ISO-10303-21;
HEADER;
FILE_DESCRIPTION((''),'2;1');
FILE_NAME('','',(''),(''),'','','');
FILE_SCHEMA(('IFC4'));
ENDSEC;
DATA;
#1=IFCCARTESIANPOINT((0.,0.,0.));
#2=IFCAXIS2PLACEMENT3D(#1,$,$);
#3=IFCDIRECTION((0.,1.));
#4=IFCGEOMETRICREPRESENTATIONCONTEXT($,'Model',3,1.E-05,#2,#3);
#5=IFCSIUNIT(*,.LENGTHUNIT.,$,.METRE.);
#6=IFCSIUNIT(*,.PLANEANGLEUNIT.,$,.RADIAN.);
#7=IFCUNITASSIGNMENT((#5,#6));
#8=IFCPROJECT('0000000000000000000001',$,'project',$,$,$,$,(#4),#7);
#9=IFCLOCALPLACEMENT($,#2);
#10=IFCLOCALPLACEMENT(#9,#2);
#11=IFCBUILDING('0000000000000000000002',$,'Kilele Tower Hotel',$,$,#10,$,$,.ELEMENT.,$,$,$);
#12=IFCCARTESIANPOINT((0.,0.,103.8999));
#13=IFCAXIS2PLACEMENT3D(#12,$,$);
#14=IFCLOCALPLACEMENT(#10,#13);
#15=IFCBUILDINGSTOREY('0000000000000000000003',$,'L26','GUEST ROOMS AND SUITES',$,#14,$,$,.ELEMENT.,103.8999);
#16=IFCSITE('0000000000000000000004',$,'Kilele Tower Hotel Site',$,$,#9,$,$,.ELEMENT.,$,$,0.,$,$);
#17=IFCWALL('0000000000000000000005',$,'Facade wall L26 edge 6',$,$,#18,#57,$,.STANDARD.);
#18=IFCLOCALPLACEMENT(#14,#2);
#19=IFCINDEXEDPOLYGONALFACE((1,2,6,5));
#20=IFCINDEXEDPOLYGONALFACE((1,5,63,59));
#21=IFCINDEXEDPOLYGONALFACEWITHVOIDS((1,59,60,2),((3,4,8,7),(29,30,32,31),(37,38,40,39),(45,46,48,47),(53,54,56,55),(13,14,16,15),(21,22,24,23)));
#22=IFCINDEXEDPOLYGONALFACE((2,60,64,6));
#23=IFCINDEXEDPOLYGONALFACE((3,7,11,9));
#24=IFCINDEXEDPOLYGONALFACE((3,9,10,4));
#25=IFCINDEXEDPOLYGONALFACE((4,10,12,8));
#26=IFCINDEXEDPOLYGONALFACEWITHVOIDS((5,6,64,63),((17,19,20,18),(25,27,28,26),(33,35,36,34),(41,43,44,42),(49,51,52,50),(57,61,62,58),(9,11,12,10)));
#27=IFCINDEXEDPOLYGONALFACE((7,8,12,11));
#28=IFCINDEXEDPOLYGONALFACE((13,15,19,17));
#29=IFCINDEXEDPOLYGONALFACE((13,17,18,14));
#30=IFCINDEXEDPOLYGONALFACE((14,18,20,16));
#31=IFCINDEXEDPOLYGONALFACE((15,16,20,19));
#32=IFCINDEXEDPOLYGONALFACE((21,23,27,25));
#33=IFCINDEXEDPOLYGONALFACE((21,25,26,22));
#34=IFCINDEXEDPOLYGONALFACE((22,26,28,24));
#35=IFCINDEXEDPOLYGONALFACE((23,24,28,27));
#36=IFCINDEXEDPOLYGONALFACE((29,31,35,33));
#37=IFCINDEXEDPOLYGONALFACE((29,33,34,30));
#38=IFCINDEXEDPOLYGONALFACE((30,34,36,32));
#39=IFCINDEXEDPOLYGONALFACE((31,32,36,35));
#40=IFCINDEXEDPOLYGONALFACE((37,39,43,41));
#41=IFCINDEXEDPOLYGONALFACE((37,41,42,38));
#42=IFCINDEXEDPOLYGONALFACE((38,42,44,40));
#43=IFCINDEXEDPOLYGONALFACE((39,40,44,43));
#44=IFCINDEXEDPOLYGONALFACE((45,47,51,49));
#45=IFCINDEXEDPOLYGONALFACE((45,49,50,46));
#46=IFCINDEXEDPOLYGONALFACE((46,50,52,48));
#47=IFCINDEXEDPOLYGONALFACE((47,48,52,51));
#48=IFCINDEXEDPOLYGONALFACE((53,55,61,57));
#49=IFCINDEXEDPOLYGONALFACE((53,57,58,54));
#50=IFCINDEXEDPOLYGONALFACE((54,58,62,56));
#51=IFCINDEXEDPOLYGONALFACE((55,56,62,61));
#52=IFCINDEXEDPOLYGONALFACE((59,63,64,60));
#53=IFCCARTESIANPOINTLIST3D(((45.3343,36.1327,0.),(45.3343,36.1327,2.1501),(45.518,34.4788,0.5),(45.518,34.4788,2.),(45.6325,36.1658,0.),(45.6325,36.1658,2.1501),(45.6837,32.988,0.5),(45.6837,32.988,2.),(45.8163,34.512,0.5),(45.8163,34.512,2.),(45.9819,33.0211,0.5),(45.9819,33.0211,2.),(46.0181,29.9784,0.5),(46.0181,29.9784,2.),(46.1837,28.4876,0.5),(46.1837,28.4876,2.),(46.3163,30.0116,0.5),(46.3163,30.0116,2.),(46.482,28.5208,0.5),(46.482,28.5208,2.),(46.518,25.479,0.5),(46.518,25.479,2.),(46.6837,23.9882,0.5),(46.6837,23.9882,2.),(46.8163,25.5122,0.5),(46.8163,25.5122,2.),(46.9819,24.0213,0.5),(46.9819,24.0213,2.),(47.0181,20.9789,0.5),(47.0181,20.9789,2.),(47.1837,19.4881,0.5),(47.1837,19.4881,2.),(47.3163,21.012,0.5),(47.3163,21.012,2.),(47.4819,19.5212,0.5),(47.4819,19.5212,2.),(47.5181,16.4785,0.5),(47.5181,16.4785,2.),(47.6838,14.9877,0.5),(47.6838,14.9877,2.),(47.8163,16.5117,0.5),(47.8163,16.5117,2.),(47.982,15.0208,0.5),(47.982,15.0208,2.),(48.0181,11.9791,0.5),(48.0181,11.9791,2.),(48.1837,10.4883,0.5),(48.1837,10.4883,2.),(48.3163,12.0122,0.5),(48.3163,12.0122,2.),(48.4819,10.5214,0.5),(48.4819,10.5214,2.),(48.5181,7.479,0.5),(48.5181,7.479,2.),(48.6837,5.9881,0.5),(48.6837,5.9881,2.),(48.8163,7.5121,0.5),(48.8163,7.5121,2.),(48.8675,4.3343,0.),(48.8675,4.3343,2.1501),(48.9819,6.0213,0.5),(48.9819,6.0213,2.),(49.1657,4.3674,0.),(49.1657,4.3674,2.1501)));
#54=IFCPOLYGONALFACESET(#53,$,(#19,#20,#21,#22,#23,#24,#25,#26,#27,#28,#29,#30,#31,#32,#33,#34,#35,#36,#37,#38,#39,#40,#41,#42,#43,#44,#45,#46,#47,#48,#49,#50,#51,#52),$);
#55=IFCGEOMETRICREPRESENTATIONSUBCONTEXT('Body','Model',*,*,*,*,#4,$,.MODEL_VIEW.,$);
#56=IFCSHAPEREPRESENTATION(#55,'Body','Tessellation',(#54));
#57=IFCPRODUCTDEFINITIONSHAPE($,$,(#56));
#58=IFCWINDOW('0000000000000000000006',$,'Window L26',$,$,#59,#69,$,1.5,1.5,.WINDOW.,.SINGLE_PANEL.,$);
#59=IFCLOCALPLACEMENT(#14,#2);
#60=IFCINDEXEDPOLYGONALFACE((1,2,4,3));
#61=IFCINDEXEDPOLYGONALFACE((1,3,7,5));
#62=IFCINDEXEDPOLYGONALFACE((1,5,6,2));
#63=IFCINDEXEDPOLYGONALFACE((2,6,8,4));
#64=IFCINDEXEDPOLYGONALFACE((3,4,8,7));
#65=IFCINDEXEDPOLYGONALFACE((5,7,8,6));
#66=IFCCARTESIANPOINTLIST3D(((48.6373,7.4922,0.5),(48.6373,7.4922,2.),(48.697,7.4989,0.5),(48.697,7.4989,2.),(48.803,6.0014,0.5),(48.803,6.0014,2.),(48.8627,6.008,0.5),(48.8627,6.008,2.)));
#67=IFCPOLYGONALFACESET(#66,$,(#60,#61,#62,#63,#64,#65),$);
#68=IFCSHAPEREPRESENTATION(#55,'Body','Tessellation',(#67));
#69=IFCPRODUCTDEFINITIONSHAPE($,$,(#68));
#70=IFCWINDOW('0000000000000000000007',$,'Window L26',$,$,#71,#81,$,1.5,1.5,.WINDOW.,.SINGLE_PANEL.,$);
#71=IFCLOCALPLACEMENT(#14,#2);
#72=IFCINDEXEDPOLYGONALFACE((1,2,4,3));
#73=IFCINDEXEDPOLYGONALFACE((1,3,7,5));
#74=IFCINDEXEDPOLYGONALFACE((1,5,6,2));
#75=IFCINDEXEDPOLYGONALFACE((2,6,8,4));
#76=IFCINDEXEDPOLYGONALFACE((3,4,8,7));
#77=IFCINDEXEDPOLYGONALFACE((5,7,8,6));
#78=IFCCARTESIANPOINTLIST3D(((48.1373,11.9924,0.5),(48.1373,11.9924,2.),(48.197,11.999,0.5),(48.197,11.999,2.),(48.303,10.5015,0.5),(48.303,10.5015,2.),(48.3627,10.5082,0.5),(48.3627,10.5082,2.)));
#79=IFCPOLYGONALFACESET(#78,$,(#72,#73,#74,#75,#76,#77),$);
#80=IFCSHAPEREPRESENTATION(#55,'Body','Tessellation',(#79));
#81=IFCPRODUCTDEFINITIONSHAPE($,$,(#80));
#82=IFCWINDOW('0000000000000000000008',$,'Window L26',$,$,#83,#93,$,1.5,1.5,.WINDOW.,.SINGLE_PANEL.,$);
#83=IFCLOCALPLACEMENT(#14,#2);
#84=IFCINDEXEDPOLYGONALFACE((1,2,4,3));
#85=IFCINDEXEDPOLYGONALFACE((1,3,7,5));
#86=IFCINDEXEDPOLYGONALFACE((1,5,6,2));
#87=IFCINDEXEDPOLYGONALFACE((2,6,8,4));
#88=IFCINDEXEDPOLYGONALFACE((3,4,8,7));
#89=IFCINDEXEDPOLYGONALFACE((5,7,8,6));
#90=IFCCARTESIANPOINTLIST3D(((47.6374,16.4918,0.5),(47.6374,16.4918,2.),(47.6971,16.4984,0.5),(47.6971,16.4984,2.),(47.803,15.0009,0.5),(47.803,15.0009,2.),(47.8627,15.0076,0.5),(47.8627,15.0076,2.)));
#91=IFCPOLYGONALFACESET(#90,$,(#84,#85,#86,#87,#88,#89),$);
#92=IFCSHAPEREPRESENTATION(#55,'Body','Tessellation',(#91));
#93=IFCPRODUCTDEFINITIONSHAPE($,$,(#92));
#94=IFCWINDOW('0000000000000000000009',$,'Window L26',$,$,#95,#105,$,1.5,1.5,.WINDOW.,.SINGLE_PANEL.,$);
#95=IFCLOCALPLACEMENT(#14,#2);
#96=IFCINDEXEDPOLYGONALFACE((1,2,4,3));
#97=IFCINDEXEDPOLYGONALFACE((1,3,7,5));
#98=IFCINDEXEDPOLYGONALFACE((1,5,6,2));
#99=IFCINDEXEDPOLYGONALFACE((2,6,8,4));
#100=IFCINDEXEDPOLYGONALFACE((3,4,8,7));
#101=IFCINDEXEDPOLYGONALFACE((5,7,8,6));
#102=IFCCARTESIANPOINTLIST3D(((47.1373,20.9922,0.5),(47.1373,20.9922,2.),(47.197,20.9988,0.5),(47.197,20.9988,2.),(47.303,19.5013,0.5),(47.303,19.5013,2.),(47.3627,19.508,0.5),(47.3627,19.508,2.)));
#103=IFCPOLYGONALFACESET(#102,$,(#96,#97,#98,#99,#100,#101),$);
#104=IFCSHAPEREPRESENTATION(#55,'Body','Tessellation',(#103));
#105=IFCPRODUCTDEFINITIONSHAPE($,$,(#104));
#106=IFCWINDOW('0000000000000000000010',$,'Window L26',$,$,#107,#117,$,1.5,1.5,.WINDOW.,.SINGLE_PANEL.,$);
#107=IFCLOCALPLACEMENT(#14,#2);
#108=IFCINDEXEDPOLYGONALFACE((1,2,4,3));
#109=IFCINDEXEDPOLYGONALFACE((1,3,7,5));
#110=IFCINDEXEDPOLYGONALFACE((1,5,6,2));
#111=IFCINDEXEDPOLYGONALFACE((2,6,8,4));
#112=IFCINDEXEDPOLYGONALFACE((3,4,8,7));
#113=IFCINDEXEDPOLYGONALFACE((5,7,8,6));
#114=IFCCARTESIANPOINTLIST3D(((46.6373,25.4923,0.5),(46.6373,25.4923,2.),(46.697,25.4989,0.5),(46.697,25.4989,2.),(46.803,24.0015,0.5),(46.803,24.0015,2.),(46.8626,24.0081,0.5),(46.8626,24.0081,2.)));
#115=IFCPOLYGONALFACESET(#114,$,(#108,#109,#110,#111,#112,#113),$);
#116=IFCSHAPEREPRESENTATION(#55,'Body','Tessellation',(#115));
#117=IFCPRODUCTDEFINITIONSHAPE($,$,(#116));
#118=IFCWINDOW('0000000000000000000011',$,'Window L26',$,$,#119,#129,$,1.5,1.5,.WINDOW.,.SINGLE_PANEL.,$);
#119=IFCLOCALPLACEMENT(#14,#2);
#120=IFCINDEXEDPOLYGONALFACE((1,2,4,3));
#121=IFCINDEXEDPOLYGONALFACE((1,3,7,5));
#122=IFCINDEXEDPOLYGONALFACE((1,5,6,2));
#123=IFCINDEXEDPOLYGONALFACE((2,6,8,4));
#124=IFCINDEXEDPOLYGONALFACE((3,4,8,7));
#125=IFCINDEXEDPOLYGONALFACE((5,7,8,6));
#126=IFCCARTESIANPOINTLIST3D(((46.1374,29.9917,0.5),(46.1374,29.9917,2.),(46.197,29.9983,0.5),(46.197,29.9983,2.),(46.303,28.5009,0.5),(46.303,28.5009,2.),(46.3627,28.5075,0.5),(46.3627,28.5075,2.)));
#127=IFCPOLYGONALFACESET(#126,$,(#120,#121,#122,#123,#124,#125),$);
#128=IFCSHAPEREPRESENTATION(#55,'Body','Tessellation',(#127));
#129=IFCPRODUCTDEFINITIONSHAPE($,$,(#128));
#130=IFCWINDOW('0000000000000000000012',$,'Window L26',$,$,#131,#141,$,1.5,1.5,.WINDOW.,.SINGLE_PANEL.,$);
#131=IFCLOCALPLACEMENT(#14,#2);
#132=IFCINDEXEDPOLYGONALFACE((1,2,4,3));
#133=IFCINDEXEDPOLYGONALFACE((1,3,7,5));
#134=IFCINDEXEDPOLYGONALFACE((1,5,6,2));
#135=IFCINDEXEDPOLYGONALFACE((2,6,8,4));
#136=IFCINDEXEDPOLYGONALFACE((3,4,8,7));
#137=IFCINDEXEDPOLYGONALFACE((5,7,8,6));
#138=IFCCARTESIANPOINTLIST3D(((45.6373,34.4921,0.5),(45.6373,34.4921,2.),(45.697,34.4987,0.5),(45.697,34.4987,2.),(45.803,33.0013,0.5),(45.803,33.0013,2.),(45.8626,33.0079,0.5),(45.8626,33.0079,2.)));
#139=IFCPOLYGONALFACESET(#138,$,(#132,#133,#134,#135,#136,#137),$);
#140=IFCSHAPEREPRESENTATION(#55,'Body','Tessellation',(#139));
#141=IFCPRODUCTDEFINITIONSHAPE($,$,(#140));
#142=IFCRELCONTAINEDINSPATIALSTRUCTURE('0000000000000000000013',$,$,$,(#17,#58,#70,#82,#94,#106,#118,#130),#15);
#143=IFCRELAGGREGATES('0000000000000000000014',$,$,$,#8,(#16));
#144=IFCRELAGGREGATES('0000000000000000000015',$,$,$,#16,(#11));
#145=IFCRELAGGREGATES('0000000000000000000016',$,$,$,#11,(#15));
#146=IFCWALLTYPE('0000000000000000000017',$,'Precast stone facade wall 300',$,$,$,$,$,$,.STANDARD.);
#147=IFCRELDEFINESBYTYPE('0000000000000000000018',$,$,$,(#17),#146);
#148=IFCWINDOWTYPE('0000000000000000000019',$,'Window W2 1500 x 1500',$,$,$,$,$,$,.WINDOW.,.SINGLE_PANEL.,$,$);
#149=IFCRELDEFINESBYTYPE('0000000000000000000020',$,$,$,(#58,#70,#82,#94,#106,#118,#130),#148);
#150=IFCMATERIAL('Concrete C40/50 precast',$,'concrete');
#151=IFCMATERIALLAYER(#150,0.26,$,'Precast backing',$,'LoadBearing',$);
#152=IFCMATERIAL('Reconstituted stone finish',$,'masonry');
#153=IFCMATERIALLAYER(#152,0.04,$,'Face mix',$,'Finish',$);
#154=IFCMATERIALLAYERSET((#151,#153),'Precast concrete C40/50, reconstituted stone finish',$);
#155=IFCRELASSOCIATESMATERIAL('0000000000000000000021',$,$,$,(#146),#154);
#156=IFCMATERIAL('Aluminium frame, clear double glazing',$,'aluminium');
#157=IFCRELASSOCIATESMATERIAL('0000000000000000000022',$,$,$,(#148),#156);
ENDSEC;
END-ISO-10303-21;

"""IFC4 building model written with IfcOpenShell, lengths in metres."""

from ifc_helpers import new_model, si_unit, direction, frame, frame_2d, origin, place, context, subcontext, project, spatial, rectangle, extrude, material, layer, layer_set, type_object, element, fill, save


model = new_model("IFC4")

# Units and contexts
model_context = context("Model", 3, precision=1e-05, world=origin(), true_north=direction((0.0, 1.0)))
body_context = subcontext(model_context, "Body", "Model", "MODEL_VIEW")
ifc_project = project(units=[si_unit("LENGTHUNIT", "METRE"), si_unit("PLANEANGLEUNIT", "RADIAN")], contexts=[model_context])

# Site, building, storey
site_placement = place(None, origin())
site = spatial("IfcSite", under=ifc_project, at=site_placement, Name="Kilele Tower Hotel Site", CompositionType="ELEMENT", RefElevation=0.0)
building_placement = place(site_placement, origin())
building = spatial("IfcBuilding", under=site, at=building_placement, Name="Kilele Tower Hotel", CompositionType="ELEMENT")
storey_placement = place(building_placement, frame((0.0, 0.0, 103.8999)))
storey = spatial("IfcBuildingStorey", under=building, at=storey_placement, Name="L26", Description="GUEST ROOMS AND SUITES", CompositionType="ELEMENT", Elevation=103.8999)

# Shared definitions
ifc_material_1 = material(Name="Concrete C40/50 precast", Category="concrete")
ifc_layer_1 = layer(ifc_material_1, 0.26, Name="Precast backing", Category="LoadBearing")
ifc_material_2 = material(Name="Reconstituted stone finish", Category="masonry")
ifc_layer_2 = layer(ifc_material_2, 0.04, Name="Face mix", Category="Finish")
ifc_layer_set_1 = layer_set([ifc_layer_1, ifc_layer_2], Name="Precast concrete C40/50, reconstituted stone finish")
wall_type_1 = type_object("IfcWallType", Name="Precast stone facade wall 300", PredefinedType="STANDARD", material=ifc_layer_set_1)
ifc_material_3 = material(Name="Aluminium frame, clear double glazing", Category="aluminium")
window_type = type_object("IfcWindowType", Name="Window W2 1500 x 1500", PartitioningType="SINGLE_PANEL", PredefinedType="WINDOW", material=ifc_material_3)

# Wall, openings, windows
wall_1_placement = place(storey_placement, frame((49.0166, 4.3508, 0.0), z_axis=(0.0, 0.0, 1.0), x_axis=(-0.110433, 0.993884, 0.0)))
wall_1 = element("IfcWall", 1, at=wall_1_placement, inside=storey, type_object=wall_type_1, Name="Facade wall L26 edge 6", PredefinedType="STANDARD", context=body_context, shape_type="SweptSolid", body=[
    extrude(rectangle(XDim=31.9941, YDim=0.3, at=frame_2d((15.9971, 0.0))), origin(), (0.0, 0.0, 1.0), 2.1501),
])
opening_1_placement = place(wall_1_placement, frame((1.6641, 0.0, 0.5)))
opening_1 = element("IfcOpeningElement", 2, at=opening_1_placement, cuts=wall_1, PredefinedType="OPENING", context=body_context, shape_type="SweptSolid", body=[
    extrude(rectangle(XDim=1.5, YDim=1.5, at=frame_2d((0.75, 0.75))), frame((0.0, 0.1599, 0.0), z_axis=(0.0, -1.0, 0.0), x_axis=(1.0, 0.0, 0.0)), (0.0, 0.0, 1.0), 0.3201),
])
opening_2_placement = place(wall_1_placement, frame((6.1919, 0.0, 0.5)))
opening_2 = element("IfcOpeningElement", 3, at=opening_2_placement, cuts=wall_1, PredefinedType="OPENING", context=body_context, shape_type="SweptSolid", body=[
    extrude(rectangle(XDim=1.5, YDim=1.5, at=frame_2d((0.75, 0.75))), frame((0.0, 0.1599, 0.0), z_axis=(0.0, -1.0, 0.0), x_axis=(1.0, 0.0, 0.0)), (0.0, 0.0, 1.0), 0.3201),
])
opening_3_placement = place(wall_1_placement, frame((10.719, 0.0, 0.5)))
opening_3 = element("IfcOpeningElement", 4, at=opening_3_placement, cuts=wall_1, PredefinedType="OPENING", context=body_context, shape_type="SweptSolid", body=[
    extrude(rectangle(XDim=1.5, YDim=1.5, at=frame_2d((0.75, 0.75))), frame((0.0, 0.1599, 0.0), z_axis=(0.0, -1.0, 0.0), x_axis=(1.0, 0.0, 0.0)), (0.0, 0.0, 1.0), 0.3201),
])
opening_4_placement = place(wall_1_placement, frame((15.2471, 0.0, 0.5)))
opening_4 = element("IfcOpeningElement", 5, at=opening_4_placement, cuts=wall_1, PredefinedType="OPENING", context=body_context, shape_type="SweptSolid", body=[
    extrude(rectangle(XDim=1.5, YDim=1.5, at=frame_2d((0.75, 0.75))), frame((0.0, 0.1599, 0.0), z_axis=(0.0, -1.0, 0.0), x_axis=(1.0, 0.0, 0.0)), (0.0, 0.0, 1.0), 0.3201),
])
opening_5_placement = place(wall_1_placement, frame((19.7749, 0.0, 0.5)))
opening_5 = element("IfcOpeningElement", 6, at=opening_5_placement, cuts=wall_1, PredefinedType="OPENING", context=body_context, shape_type="SweptSolid", body=[
    extrude(rectangle(XDim=1.5, YDim=1.5, at=frame_2d((0.75, 0.75))), frame((0.0, 0.1599, 0.0), z_axis=(0.0, -1.0, 0.0), x_axis=(1.0, 0.0, 0.0)), (0.0, 0.0, 1.0), 0.3201),
])
opening_6_placement = place(wall_1_placement, frame((24.302, 0.0, 0.5)))
opening_6 = element("IfcOpeningElement", 7, at=opening_6_placement, cuts=wall_1, PredefinedType="OPENING", context=body_context, shape_type="SweptSolid", body=[
    extrude(rectangle(XDim=1.5, YDim=1.5, at=frame_2d((0.75, 0.75))), frame((0.0, 0.1599, 0.0), z_axis=(0.0, -1.0, 0.0), x_axis=(1.0, 0.0, 0.0)), (0.0, 0.0, 1.0), 0.3201),
])
opening_7_placement = place(wall_1_placement, frame((28.8301, 0.0, 0.5)))
opening_7 = element("IfcOpeningElement", 8, at=opening_7_placement, cuts=wall_1, PredefinedType="OPENING", context=body_context, shape_type="SweptSolid", body=[
    extrude(rectangle(XDim=1.5, YDim=1.5, at=frame_2d((0.75, 0.75))), frame((0.0, 0.1599, 0.0), z_axis=(0.0, -1.0, 0.0), x_axis=(1.0, 0.0, 0.0)), (0.0, 0.0, 1.0), 0.3201),
])
window_1_placement = place(opening_1_placement, origin())
window_1 = element("IfcWindow", 9, at=window_1_placement, inside=storey, type_object=window_type, Name="Window L26", OverallHeight=1.5, OverallWidth=1.5, PartitioningType="SINGLE_PANEL", PredefinedType="WINDOW", context=body_context, shape_type="SweptSolid", body=[
    extrude(rectangle(XDim=1.5, YDim=1.5, at=frame_2d((0.75, 0.75))), frame((0.0, 0.03, 0.0), z_axis=(0.0, -1.0, 0.0), x_axis=(1.0, 0.0, 0.0)), (0.0, 0.0, 1.0), 0.0601),
])
fill(opening_1, window_1)
window_2_placement = place(opening_2_placement, origin())
window_2 = element("IfcWindow", 10, at=window_2_placement, inside=storey, type_object=window_type, Name="Window L26", OverallHeight=1.5, OverallWidth=1.5, PartitioningType="SINGLE_PANEL", PredefinedType="WINDOW", context=body_context, shape_type="SweptSolid", body=[
    extrude(rectangle(XDim=1.5, YDim=1.5, at=frame_2d((0.75, 0.75))), frame((0.0, 0.03, 0.0), z_axis=(0.0, -1.0, 0.0), x_axis=(1.0, 0.0, 0.0)), (0.0, 0.0, 1.0), 0.0601),
])
fill(opening_2, window_2)
window_3_placement = place(opening_3_placement, origin())
window_3 = element("IfcWindow", 11, at=window_3_placement, inside=storey, type_object=window_type, Name="Window L26", OverallHeight=1.5, OverallWidth=1.5, PartitioningType="SINGLE_PANEL", PredefinedType="WINDOW", context=body_context, shape_type="SweptSolid", body=[
    extrude(rectangle(XDim=1.5, YDim=1.5, at=frame_2d((0.75, 0.75))), frame((0.0, 0.03, 0.0), z_axis=(0.0, -1.0, 0.0), x_axis=(1.0, 0.0, 0.0)), (0.0, 0.0, 1.0), 0.0601),
])
fill(opening_3, window_3)
window_4_placement = place(opening_4_placement, origin())
window_4 = element("IfcWindow", 12, at=window_4_placement, inside=storey, type_object=window_type, Name="Window L26", OverallHeight=1.5, OverallWidth=1.5, PartitioningType="SINGLE_PANEL", PredefinedType="WINDOW", context=body_context, shape_type="SweptSolid", body=[
    extrude(rectangle(XDim=1.5, YDim=1.5, at=frame_2d((0.75, 0.75))), frame((0.0, 0.03, 0.0), z_axis=(0.0, -1.0, 0.0), x_axis=(1.0, 0.0, 0.0)), (0.0, 0.0, 1.0), 0.0601),
])
fill(opening_4, window_4)
window_5_placement = place(opening_5_placement, origin())
window_5 = element("IfcWindow", 13, at=window_5_placement, inside=storey, type_object=window_type, Name="Window L26", OverallHeight=1.5, OverallWidth=1.5, PartitioningType="SINGLE_PANEL", PredefinedType="WINDOW", context=body_context, shape_type="SweptSolid", body=[
    extrude(rectangle(XDim=1.5, YDim=1.5, at=frame_2d((0.75, 0.75))), frame((0.0, 0.03, 0.0), z_axis=(0.0, -1.0, 0.0), x_axis=(1.0, 0.0, 0.0)), (0.0, 0.0, 1.0), 0.0601),
])
fill(opening_5, window_5)
window_6_placement = place(opening_6_placement, origin())
window_6 = element("IfcWindow", 14, at=window_6_placement, inside=storey, type_object=window_type, Name="Window L26", OverallHeight=1.5, OverallWidth=1.5, PartitioningType="SINGLE_PANEL", PredefinedType="WINDOW", context=body_context, shape_type="SweptSolid", body=[
    extrude(rectangle(XDim=1.5, YDim=1.5, at=frame_2d((0.75, 0.75))), frame((0.0, 0.03, 0.0), z_axis=(0.0, -1.0, 0.0), x_axis=(1.0, 0.0, 0.0)), (0.0, 0.0, 1.0), 0.0601),
])
fill(opening_6, window_6)
window_7_placement = place(opening_7_placement, origin())
window_7 = element("IfcWindow", 15, at=window_7_placement, inside=storey, type_object=window_type, Name="Window L26", OverallHeight=1.5, OverallWidth=1.5, PartitioningType="SINGLE_PANEL", PredefinedType="WINDOW", context=body_context, shape_type="SweptSolid", body=[
    extrude(rectangle(XDim=1.5, YDim=1.5, at=frame_2d((0.75, 0.75))), frame((0.0, 0.03, 0.0), z_axis=(0.0, -1.0, 0.0), x_axis=(1.0, 0.0, 0.0)), (0.0, 0.0, 1.0), 0.0601),
])
fill(opening_7, window_7)

save(model, "model.ifc")
